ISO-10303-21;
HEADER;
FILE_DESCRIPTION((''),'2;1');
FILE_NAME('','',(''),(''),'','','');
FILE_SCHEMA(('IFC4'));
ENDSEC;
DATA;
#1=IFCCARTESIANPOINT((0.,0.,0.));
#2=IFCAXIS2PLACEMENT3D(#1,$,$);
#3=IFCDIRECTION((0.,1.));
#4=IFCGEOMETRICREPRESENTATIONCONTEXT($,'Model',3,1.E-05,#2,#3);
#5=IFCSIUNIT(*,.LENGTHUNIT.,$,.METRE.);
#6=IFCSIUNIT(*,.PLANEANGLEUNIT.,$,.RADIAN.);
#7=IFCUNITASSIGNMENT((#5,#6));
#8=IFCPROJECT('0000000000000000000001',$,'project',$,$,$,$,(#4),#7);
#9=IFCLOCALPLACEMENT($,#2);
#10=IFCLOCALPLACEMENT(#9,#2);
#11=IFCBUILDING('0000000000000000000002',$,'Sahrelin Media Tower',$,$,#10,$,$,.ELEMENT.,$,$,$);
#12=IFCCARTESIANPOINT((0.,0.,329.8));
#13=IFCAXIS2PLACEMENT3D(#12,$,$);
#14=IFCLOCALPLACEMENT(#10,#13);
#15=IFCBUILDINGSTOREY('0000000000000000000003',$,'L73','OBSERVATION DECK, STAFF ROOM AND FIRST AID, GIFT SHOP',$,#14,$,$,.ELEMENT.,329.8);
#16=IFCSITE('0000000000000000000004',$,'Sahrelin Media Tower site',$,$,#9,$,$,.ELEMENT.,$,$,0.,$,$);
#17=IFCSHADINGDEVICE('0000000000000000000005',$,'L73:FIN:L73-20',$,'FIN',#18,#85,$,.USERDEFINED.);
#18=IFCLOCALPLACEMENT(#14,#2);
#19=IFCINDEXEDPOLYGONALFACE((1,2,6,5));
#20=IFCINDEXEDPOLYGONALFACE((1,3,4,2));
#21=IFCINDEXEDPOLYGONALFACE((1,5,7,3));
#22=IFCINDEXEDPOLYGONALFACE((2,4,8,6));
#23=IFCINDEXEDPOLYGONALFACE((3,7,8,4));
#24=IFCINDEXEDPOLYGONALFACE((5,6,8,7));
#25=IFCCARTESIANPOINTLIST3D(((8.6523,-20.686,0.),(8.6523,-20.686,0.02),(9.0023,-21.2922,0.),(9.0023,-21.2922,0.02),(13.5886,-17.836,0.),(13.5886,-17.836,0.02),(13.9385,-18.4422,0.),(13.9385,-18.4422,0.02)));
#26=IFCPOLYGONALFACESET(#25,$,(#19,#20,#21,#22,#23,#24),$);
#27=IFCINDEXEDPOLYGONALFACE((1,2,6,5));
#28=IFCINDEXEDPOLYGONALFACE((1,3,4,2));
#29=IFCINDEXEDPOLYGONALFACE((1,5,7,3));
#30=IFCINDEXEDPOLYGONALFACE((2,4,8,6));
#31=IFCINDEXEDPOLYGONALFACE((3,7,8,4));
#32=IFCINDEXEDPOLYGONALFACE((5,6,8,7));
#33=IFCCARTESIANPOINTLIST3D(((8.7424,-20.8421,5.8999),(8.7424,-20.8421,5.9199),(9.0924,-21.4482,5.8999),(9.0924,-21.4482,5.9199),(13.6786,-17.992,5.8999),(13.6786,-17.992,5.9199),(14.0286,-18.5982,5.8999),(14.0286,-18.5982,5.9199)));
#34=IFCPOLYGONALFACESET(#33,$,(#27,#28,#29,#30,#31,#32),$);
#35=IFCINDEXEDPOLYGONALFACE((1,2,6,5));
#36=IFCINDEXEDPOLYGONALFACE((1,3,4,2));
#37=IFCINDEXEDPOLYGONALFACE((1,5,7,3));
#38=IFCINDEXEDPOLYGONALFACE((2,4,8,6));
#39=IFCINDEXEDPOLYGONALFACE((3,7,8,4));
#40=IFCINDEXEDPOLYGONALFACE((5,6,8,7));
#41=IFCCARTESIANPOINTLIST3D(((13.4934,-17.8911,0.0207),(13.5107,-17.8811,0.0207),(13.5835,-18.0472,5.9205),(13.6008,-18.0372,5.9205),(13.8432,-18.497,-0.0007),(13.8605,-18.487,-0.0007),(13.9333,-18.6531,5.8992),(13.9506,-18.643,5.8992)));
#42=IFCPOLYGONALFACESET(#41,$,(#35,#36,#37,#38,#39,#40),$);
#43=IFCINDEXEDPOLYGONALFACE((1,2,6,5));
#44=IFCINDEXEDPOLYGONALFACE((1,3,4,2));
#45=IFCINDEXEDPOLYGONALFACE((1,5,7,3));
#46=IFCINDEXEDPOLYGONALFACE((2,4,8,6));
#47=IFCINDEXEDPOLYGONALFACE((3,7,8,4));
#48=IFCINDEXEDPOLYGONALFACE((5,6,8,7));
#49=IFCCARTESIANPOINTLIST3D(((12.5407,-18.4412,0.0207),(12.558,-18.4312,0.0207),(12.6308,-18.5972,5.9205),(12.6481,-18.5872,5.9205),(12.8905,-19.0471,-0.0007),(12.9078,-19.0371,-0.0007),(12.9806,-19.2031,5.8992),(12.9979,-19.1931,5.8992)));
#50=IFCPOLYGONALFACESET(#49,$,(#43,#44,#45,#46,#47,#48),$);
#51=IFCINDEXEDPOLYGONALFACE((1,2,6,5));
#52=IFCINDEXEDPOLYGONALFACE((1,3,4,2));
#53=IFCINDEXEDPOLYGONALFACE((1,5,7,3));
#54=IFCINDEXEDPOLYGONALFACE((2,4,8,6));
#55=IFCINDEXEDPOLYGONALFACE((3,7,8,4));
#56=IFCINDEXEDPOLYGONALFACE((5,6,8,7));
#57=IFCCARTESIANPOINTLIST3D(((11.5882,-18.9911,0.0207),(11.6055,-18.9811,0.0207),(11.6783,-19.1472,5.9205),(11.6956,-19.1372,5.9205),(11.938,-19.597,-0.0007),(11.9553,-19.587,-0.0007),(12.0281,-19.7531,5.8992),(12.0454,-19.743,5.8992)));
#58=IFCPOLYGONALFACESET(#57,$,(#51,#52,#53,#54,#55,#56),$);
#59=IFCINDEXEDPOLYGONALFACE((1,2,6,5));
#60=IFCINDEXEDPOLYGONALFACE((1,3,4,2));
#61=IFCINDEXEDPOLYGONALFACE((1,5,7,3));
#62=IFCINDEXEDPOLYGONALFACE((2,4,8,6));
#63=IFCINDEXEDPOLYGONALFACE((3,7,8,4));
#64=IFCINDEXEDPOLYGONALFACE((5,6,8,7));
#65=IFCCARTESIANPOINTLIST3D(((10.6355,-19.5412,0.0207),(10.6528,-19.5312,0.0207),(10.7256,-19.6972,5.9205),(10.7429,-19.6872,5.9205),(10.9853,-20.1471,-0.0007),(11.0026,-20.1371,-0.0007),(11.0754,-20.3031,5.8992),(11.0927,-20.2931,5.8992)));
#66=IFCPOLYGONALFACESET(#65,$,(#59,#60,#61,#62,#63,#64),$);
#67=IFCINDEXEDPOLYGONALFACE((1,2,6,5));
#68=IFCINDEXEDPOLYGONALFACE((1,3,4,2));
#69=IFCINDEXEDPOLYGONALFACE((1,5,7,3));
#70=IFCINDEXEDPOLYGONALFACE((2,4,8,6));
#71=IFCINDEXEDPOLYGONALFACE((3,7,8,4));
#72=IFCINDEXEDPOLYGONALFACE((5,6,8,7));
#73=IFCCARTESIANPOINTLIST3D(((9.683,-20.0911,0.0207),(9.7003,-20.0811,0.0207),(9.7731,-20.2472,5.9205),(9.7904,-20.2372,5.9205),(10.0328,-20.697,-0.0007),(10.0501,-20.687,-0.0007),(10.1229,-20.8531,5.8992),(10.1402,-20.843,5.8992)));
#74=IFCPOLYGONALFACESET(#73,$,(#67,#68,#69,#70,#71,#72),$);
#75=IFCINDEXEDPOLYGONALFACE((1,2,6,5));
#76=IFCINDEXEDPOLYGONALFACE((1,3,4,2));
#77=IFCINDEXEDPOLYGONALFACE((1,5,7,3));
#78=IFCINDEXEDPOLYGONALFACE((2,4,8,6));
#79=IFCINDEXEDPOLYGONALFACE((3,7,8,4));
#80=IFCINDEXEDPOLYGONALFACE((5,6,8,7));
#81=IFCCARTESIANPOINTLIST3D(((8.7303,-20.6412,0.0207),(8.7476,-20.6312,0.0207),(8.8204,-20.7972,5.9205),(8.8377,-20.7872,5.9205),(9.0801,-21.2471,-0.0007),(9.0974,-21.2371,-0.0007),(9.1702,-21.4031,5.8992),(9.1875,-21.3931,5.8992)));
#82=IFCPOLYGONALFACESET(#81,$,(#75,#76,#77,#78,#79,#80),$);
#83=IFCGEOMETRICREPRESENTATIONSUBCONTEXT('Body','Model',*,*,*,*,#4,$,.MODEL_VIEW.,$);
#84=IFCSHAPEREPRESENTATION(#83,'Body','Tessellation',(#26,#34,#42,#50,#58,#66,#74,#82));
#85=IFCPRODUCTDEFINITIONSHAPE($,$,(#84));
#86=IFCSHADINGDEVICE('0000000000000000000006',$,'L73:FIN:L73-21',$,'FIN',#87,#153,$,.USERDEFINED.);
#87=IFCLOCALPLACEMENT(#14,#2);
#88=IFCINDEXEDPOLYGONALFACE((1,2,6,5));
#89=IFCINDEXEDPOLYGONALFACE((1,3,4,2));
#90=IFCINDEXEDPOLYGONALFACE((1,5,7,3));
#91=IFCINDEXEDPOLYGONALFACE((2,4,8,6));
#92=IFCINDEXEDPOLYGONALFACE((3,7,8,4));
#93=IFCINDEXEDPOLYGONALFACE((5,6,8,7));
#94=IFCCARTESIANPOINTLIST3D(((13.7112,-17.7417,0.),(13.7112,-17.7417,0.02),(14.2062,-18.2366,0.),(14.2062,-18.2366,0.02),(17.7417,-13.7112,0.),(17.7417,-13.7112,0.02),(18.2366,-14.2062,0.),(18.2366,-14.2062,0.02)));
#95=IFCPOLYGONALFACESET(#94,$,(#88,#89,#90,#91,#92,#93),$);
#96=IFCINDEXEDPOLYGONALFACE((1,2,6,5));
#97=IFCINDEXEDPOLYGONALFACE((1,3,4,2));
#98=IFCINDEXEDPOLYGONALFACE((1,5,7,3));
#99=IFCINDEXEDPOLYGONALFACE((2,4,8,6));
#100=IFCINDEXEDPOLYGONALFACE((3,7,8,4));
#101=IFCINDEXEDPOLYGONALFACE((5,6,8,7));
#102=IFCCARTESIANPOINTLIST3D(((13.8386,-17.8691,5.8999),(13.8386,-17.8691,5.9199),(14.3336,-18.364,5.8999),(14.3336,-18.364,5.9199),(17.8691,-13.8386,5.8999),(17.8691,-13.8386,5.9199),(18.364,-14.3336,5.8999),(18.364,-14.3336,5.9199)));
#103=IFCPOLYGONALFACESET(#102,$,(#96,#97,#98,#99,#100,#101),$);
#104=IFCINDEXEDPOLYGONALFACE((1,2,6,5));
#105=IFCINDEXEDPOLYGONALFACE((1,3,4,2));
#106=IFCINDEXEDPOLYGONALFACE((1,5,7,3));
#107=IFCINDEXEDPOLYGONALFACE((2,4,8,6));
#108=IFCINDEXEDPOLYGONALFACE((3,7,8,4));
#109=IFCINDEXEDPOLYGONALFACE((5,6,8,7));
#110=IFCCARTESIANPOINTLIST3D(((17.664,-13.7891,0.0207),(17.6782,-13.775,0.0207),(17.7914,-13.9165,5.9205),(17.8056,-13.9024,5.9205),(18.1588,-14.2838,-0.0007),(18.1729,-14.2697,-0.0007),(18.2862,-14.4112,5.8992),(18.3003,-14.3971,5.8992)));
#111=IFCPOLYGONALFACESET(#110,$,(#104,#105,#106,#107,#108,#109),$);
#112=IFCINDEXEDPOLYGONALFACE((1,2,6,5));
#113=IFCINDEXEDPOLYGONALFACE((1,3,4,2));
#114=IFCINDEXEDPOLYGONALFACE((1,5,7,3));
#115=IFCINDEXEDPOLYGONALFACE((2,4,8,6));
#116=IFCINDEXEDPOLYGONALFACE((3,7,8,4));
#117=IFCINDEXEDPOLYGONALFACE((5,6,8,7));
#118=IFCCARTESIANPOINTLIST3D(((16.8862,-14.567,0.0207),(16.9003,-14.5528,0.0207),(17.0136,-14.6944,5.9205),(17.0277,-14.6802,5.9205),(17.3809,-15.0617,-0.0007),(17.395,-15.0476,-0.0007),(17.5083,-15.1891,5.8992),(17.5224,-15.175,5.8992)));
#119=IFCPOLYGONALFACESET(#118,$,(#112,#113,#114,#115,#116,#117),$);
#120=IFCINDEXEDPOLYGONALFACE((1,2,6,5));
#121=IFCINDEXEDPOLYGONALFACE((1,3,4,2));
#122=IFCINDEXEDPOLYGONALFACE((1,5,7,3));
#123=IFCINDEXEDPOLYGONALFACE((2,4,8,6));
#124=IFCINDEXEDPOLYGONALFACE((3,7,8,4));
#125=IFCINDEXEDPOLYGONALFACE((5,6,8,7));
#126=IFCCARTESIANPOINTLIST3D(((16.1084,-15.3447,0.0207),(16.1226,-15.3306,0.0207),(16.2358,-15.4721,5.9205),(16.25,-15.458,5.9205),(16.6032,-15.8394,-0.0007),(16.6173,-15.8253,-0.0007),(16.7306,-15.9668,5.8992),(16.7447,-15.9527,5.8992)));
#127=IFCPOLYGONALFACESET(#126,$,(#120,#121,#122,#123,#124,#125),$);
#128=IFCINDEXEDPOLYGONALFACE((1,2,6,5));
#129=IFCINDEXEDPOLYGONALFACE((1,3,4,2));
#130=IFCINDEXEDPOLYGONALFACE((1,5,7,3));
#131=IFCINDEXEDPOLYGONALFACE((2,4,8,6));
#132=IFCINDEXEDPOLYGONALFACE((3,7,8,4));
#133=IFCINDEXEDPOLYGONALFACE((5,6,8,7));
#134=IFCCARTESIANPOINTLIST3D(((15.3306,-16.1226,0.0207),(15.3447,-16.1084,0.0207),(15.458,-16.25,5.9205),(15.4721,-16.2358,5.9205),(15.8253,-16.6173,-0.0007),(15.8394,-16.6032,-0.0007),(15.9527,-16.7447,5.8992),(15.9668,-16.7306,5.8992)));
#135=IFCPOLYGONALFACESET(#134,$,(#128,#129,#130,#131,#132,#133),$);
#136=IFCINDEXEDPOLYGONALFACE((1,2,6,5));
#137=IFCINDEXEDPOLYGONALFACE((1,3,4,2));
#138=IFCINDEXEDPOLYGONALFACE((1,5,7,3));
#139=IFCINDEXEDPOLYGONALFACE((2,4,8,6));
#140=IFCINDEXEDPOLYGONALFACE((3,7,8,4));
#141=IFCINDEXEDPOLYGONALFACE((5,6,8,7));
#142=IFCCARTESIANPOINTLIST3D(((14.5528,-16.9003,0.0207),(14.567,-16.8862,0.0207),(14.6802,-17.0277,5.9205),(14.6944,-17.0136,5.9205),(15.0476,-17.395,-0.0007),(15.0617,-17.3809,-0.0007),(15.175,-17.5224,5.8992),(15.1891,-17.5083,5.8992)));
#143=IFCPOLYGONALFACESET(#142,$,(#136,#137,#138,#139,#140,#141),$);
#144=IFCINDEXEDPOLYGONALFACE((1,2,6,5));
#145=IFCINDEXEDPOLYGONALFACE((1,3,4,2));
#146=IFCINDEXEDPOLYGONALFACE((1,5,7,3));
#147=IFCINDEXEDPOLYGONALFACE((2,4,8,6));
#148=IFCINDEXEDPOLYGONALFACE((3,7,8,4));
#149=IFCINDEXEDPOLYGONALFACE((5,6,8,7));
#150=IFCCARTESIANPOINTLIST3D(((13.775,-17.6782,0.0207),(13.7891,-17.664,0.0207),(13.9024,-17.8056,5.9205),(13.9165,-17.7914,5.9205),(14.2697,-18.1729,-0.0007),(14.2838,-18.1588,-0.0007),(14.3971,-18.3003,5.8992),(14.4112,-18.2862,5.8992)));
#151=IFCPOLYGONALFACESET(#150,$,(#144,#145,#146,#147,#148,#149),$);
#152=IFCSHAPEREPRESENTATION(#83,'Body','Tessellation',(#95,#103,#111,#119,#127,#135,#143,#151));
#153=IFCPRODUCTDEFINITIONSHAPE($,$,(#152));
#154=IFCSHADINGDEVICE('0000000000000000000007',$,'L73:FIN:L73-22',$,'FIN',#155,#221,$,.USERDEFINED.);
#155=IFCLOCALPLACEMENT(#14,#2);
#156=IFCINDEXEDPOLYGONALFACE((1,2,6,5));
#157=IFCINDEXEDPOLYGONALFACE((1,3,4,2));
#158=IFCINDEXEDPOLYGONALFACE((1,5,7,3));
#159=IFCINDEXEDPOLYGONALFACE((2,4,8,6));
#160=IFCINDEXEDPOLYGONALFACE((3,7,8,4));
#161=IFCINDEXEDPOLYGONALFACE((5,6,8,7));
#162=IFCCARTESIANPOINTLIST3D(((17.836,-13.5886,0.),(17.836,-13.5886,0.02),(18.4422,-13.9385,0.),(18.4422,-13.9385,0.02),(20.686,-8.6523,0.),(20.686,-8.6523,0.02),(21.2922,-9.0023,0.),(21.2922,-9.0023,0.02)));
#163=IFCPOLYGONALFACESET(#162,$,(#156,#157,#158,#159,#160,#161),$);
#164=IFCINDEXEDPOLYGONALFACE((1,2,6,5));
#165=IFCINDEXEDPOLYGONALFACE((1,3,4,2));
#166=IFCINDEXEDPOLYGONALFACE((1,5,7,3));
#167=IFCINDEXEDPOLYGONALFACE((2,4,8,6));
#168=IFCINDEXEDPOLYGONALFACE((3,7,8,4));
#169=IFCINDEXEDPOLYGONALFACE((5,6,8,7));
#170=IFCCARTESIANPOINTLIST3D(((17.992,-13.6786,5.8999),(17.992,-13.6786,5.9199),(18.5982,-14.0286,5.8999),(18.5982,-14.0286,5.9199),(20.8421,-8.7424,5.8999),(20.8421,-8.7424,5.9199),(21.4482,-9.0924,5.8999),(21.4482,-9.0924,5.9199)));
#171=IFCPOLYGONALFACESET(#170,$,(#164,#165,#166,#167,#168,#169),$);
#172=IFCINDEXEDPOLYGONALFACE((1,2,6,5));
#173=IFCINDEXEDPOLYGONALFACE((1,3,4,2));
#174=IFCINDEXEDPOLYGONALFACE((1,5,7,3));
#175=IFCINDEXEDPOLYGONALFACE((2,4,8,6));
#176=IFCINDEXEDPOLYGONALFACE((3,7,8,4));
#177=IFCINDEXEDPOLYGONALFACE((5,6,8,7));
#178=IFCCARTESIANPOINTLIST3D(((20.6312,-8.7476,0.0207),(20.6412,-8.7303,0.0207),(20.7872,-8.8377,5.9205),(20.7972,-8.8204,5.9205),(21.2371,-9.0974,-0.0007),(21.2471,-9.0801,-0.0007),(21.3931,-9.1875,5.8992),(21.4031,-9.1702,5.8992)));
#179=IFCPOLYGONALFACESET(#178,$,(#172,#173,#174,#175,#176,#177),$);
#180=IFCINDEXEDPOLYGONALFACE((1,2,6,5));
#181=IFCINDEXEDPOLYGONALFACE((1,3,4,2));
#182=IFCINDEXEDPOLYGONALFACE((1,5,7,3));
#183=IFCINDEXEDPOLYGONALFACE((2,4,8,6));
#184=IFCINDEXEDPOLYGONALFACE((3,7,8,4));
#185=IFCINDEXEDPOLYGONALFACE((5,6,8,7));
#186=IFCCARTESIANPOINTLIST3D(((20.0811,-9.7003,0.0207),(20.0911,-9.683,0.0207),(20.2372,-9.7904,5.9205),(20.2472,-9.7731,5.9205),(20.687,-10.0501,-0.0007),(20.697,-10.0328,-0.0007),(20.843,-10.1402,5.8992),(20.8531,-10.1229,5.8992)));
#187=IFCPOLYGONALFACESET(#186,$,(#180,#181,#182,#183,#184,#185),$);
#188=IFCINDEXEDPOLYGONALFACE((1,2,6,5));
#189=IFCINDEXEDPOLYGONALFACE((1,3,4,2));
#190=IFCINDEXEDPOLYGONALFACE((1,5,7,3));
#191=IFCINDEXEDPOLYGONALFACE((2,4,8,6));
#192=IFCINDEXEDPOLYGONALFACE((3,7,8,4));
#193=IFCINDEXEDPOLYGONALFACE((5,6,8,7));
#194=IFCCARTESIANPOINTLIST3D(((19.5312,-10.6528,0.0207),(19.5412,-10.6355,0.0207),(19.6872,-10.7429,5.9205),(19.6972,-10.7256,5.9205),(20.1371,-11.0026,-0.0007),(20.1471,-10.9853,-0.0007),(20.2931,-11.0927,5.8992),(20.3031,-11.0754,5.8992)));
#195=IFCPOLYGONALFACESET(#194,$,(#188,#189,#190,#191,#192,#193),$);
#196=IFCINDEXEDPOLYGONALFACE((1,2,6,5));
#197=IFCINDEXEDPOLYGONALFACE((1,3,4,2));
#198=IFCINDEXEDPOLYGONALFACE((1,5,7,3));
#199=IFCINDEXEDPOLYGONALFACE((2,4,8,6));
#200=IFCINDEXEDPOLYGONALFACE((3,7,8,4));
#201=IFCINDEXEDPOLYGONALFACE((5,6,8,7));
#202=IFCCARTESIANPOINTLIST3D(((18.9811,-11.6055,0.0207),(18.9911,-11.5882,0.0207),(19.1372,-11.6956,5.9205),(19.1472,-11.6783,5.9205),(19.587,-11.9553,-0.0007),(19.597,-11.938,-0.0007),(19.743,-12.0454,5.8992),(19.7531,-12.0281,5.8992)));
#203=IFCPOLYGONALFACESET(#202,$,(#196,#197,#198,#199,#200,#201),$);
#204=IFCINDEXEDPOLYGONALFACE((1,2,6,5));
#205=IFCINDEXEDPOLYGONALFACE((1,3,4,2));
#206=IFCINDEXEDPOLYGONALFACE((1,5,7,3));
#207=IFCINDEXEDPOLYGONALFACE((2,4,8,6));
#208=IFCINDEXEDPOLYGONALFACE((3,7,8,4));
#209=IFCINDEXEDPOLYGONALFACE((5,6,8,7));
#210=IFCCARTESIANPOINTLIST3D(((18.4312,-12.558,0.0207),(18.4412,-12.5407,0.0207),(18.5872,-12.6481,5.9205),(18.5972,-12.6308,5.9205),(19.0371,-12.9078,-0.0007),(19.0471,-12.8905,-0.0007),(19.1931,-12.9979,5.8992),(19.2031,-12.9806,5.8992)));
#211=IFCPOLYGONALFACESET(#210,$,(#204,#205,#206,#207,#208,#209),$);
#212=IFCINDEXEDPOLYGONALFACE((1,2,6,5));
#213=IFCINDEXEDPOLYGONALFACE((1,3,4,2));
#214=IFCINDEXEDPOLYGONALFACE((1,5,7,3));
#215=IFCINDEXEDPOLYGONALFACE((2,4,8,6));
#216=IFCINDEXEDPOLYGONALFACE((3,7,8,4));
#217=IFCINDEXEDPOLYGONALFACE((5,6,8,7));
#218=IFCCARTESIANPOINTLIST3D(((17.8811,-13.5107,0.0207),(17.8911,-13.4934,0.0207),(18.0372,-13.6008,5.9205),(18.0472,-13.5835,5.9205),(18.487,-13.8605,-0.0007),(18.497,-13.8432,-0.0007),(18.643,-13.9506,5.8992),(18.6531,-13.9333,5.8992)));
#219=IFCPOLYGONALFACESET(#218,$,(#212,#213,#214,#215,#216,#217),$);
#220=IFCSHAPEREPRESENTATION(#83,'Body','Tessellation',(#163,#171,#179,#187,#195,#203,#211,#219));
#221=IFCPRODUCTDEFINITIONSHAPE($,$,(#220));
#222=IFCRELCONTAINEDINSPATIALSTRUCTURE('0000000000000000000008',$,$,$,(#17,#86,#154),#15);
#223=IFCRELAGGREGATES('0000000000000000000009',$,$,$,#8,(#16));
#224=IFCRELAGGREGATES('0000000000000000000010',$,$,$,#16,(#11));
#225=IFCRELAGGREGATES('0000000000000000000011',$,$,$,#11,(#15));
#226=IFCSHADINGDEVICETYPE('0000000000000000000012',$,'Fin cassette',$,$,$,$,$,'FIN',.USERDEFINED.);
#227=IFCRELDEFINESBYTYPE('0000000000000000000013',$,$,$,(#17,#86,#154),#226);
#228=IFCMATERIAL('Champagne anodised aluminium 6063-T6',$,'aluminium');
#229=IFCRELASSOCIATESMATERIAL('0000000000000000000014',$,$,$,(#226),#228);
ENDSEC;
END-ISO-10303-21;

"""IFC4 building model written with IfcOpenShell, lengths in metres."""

from ifc_helpers import new_model, si_unit, direction, frame, origin, origin_2d, place, context, subcontext, project, spatial, rectangle, extrude, material, type_object, element, save


model = new_model("IFC4")

# Units and contexts
model_context = context("Model", 3, precision=1e-05, world=origin(), true_north=direction((0.0, 1.0)))
body_context = subcontext(model_context, "Body", "Model", "MODEL_VIEW")
ifc_project = project(units=[si_unit("LENGTHUNIT", "METRE"), si_unit("PLANEANGLEUNIT", "RADIAN")], contexts=[model_context])

# Site, building, storey
site_placement = place(None, origin())
site = spatial("IfcSite", under=ifc_project, at=site_placement, Name="Sahrelin Media Tower site", CompositionType="ELEMENT", RefElevation=0.0)
building_placement = place(site_placement, origin())
building = spatial("IfcBuilding", under=site, at=building_placement, Name="Sahrelin Media Tower", CompositionType="ELEMENT")
storey_placement = place(building_placement, frame((0.0, 0.0, 329.8)))
storey = spatial("IfcBuildingStorey", under=building, at=storey_placement, Name="L73", Description="OBSERVATION DECK, STAFF ROOM AND FIRST AID, GIFT SHOP", CompositionType="ELEMENT", Elevation=329.8)

# Shared definitions
ifc_material_1 = material(Name="Champagne anodised aluminium 6063-T6", Category="aluminium")

# Shading devices
shading_device_type_1 = type_object("IfcShadingDeviceType", Name="Fin cassette", ElementType="FIN", PredefinedType="USERDEFINED", material=ifc_material_1)
placement_1 = place(storey_placement, frame((11.0854, -19.2004, 0.0), z_axis=(0.0, 0.0, 1.0), x_axis=(-0.866019, -0.500011, 0.0)))
element("IfcShadingDevice", 1, at=placement_1, inside=storey, type_object=shading_device_type_1, Name="L73:FIN:L73-20", ObjectType="FIN", PredefinedType="USERDEFINED", context=body_context, shape_type="SweptSolid", body=[
    extrude(rectangle(XDim=5.7, YDim=0.7, at=origin_2d()), frame((0.0, 0.4199, 0.0)), (0.0, 0.0, 1.0), 0.02),
    extrude(rectangle(XDim=5.7, YDim=0.7, at=origin_2d()), frame((0.0, 0.6001, 5.8999)), (0.0, 0.0, 1.0), 0.02),
    extrude(rectangle(XDim=0.02, YDim=0.7, at=origin_2d()), frame((-2.75, 0.4199, 0.01), z_axis=(0.0, 0.030525, 0.999534), x_axis=(-1.0, 0.0, 0.0)), (0.0, 0.0, 1.0), 5.9026),
    extrude(rectangle(XDim=0.02, YDim=0.7, at=origin_2d()), frame((-1.6499, 0.4199, 0.01), z_axis=(0.0, 0.030525, 0.999534), x_axis=(-1.0, 0.0, 0.0)), (0.0, 0.0, 1.0), 5.9026),
    extrude(rectangle(XDim=0.02, YDim=0.7, at=origin_2d()), frame((-0.55, 0.4199, 0.01), z_axis=(0.0, 0.030525, 0.999534), x_axis=(-1.0, 0.0, 0.0)), (0.0, 0.0, 1.0), 5.9026),
    extrude(rectangle(XDim=0.02, YDim=0.7, at=origin_2d()), frame((0.55, 0.4199, 0.01), z_axis=(0.0, 0.030525, 0.999534), x_axis=(-1.0, 0.0, 0.0)), (0.0, 0.0, 1.0), 5.9026),
    extrude(rectangle(XDim=0.02, YDim=0.7, at=origin_2d()), frame((1.6499, 0.4199, 0.01), z_axis=(0.0, 0.030525, 0.999534), x_axis=(-1.0, 0.0, 0.0)), (0.0, 0.0, 1.0), 5.9026),
    extrude(rectangle(XDim=0.02, YDim=0.7, at=origin_2d()), frame((2.75, 0.4199, 0.01), z_axis=(0.0, 0.030525, 0.999534), x_axis=(-1.0, 0.0, 0.0)), (0.0, 0.0, 1.0), 5.9026),
])
placement_2 = place(storey_placement, frame((15.677, -15.677, 0.0), z_axis=(0.0, 0.0, 1.0), x_axis=(-0.707107, -0.707107, 0.0)))
element("IfcShadingDevice", 2, at=placement_2, inside=storey, type_object=shading_device_type_1, Name="L73:FIN:L73-21", ObjectType="FIN", PredefinedType="USERDEFINED", context=body_context, shape_type="SweptSolid", body=[
    extrude(rectangle(XDim=5.7, YDim=0.7, at=origin_2d()), frame((0.0, 0.4199, 0.0)), (0.0, 0.0, 1.0), 0.02),
    extrude(rectangle(XDim=5.7, YDim=0.7, at=origin_2d()), frame((0.0, 0.6001, 5.8999)), (0.0, 0.0, 1.0), 0.02),
    extrude(rectangle(XDim=0.02, YDim=0.7, at=origin_2d()), frame((-2.75, 0.4199, 0.01), z_axis=(0.0, 0.030525, 0.999534), x_axis=(-1.0, 0.0, 0.0)), (0.0, 0.0, 1.0), 5.9026),
    extrude(rectangle(XDim=0.02, YDim=0.7, at=origin_2d()), frame((-1.6499, 0.4199, 0.01), z_axis=(0.0, 0.030525, 0.999534), x_axis=(-1.0, 0.0, 0.0)), (0.0, 0.0, 1.0), 5.9026),
    extrude(rectangle(XDim=0.02, YDim=0.7, at=origin_2d()), frame((-0.55, 0.4199, 0.01), z_axis=(0.0, 0.030525, 0.999534), x_axis=(-1.0, 0.0, 0.0)), (0.0, 0.0, 1.0), 5.9026),
    extrude(rectangle(XDim=0.02, YDim=0.7, at=origin_2d()), frame((0.55, 0.4199, 0.01), z_axis=(0.0, 0.030525, 0.999534), x_axis=(-1.0, 0.0, 0.0)), (0.0, 0.0, 1.0), 5.9026),
    extrude(rectangle(XDim=0.02, YDim=0.7, at=origin_2d()), frame((1.6499, 0.4199, 0.01), z_axis=(0.0, 0.030525, 0.999534), x_axis=(-1.0, 0.0, 0.0)), (0.0, 0.0, 1.0), 5.9026),
    extrude(rectangle(XDim=0.02, YDim=0.7, at=origin_2d()), frame((2.75, 0.4199, 0.01), z_axis=(0.0, 0.030525, 0.999534), x_axis=(-1.0, 0.0, 0.0)), (0.0, 0.0, 1.0), 5.9026),
])
placement_3 = place(storey_placement, frame((19.2004, -11.0854, 0.0), z_axis=(0.0, 0.0, 1.0), x_axis=(-0.500011, -0.866019, 0.0)))
element("IfcShadingDevice", 3, at=placement_3, inside=storey, type_object=shading_device_type_1, Name="L73:FIN:L73-22", ObjectType="FIN", PredefinedType="USERDEFINED", context=body_context, shape_type="SweptSolid", body=[
    extrude(rectangle(XDim=5.7, YDim=0.7, at=origin_2d()), frame((0.0, 0.4199, 0.0)), (0.0, 0.0, 1.0), 0.02),
    extrude(rectangle(XDim=5.7, YDim=0.7, at=origin_2d()), frame((0.0, 0.6001, 5.8999)), (0.0, 0.0, 1.0), 0.02),
    extrude(rectangle(XDim=0.02, YDim=0.7, at=origin_2d()), frame((-2.75, 0.4199, 0.01), z_axis=(0.0, 0.030525, 0.999534), x_axis=(-1.0, 0.0, 0.0)), (0.0, 0.0, 1.0), 5.9026),
    extrude(rectangle(XDim=0.02, YDim=0.7, at=origin_2d()), frame((-1.6499, 0.4199, 0.01), z_axis=(0.0, 0.030525, 0.999534), x_axis=(-1.0, 0.0, 0.0)), (0.0, 0.0, 1.0), 5.9026),
    extrude(rectangle(XDim=0.02, YDim=0.7, at=origin_2d()), frame((-0.55, 0.4199, 0.01), z_axis=(0.0, 0.030525, 0.999534), x_axis=(-1.0, 0.0, 0.0)), (0.0, 0.0, 1.0), 5.9026),
    extrude(rectangle(XDim=0.02, YDim=0.7, at=origin_2d()), frame((0.55, 0.4199, 0.01), z_axis=(0.0, 0.030525, 0.999534), x_axis=(-1.0, 0.0, 0.0)), (0.0, 0.0, 1.0), 5.9026),
    extrude(rectangle(XDim=0.02, YDim=0.7, at=origin_2d()), frame((1.6499, 0.4199, 0.01), z_axis=(0.0, 0.030525, 0.999534), x_axis=(-1.0, 0.0, 0.0)), (0.0, 0.0, 1.0), 5.9026),
    extrude(rectangle(XDim=0.02, YDim=0.7, at=origin_2d()), frame((2.75, 0.4199, 0.01), z_axis=(0.0, 0.030525, 0.999534), x_axis=(-1.0, 0.0, 0.0)), (0.0, 0.0, 1.0), 5.9026),
])

save(model, "model.ifc")
